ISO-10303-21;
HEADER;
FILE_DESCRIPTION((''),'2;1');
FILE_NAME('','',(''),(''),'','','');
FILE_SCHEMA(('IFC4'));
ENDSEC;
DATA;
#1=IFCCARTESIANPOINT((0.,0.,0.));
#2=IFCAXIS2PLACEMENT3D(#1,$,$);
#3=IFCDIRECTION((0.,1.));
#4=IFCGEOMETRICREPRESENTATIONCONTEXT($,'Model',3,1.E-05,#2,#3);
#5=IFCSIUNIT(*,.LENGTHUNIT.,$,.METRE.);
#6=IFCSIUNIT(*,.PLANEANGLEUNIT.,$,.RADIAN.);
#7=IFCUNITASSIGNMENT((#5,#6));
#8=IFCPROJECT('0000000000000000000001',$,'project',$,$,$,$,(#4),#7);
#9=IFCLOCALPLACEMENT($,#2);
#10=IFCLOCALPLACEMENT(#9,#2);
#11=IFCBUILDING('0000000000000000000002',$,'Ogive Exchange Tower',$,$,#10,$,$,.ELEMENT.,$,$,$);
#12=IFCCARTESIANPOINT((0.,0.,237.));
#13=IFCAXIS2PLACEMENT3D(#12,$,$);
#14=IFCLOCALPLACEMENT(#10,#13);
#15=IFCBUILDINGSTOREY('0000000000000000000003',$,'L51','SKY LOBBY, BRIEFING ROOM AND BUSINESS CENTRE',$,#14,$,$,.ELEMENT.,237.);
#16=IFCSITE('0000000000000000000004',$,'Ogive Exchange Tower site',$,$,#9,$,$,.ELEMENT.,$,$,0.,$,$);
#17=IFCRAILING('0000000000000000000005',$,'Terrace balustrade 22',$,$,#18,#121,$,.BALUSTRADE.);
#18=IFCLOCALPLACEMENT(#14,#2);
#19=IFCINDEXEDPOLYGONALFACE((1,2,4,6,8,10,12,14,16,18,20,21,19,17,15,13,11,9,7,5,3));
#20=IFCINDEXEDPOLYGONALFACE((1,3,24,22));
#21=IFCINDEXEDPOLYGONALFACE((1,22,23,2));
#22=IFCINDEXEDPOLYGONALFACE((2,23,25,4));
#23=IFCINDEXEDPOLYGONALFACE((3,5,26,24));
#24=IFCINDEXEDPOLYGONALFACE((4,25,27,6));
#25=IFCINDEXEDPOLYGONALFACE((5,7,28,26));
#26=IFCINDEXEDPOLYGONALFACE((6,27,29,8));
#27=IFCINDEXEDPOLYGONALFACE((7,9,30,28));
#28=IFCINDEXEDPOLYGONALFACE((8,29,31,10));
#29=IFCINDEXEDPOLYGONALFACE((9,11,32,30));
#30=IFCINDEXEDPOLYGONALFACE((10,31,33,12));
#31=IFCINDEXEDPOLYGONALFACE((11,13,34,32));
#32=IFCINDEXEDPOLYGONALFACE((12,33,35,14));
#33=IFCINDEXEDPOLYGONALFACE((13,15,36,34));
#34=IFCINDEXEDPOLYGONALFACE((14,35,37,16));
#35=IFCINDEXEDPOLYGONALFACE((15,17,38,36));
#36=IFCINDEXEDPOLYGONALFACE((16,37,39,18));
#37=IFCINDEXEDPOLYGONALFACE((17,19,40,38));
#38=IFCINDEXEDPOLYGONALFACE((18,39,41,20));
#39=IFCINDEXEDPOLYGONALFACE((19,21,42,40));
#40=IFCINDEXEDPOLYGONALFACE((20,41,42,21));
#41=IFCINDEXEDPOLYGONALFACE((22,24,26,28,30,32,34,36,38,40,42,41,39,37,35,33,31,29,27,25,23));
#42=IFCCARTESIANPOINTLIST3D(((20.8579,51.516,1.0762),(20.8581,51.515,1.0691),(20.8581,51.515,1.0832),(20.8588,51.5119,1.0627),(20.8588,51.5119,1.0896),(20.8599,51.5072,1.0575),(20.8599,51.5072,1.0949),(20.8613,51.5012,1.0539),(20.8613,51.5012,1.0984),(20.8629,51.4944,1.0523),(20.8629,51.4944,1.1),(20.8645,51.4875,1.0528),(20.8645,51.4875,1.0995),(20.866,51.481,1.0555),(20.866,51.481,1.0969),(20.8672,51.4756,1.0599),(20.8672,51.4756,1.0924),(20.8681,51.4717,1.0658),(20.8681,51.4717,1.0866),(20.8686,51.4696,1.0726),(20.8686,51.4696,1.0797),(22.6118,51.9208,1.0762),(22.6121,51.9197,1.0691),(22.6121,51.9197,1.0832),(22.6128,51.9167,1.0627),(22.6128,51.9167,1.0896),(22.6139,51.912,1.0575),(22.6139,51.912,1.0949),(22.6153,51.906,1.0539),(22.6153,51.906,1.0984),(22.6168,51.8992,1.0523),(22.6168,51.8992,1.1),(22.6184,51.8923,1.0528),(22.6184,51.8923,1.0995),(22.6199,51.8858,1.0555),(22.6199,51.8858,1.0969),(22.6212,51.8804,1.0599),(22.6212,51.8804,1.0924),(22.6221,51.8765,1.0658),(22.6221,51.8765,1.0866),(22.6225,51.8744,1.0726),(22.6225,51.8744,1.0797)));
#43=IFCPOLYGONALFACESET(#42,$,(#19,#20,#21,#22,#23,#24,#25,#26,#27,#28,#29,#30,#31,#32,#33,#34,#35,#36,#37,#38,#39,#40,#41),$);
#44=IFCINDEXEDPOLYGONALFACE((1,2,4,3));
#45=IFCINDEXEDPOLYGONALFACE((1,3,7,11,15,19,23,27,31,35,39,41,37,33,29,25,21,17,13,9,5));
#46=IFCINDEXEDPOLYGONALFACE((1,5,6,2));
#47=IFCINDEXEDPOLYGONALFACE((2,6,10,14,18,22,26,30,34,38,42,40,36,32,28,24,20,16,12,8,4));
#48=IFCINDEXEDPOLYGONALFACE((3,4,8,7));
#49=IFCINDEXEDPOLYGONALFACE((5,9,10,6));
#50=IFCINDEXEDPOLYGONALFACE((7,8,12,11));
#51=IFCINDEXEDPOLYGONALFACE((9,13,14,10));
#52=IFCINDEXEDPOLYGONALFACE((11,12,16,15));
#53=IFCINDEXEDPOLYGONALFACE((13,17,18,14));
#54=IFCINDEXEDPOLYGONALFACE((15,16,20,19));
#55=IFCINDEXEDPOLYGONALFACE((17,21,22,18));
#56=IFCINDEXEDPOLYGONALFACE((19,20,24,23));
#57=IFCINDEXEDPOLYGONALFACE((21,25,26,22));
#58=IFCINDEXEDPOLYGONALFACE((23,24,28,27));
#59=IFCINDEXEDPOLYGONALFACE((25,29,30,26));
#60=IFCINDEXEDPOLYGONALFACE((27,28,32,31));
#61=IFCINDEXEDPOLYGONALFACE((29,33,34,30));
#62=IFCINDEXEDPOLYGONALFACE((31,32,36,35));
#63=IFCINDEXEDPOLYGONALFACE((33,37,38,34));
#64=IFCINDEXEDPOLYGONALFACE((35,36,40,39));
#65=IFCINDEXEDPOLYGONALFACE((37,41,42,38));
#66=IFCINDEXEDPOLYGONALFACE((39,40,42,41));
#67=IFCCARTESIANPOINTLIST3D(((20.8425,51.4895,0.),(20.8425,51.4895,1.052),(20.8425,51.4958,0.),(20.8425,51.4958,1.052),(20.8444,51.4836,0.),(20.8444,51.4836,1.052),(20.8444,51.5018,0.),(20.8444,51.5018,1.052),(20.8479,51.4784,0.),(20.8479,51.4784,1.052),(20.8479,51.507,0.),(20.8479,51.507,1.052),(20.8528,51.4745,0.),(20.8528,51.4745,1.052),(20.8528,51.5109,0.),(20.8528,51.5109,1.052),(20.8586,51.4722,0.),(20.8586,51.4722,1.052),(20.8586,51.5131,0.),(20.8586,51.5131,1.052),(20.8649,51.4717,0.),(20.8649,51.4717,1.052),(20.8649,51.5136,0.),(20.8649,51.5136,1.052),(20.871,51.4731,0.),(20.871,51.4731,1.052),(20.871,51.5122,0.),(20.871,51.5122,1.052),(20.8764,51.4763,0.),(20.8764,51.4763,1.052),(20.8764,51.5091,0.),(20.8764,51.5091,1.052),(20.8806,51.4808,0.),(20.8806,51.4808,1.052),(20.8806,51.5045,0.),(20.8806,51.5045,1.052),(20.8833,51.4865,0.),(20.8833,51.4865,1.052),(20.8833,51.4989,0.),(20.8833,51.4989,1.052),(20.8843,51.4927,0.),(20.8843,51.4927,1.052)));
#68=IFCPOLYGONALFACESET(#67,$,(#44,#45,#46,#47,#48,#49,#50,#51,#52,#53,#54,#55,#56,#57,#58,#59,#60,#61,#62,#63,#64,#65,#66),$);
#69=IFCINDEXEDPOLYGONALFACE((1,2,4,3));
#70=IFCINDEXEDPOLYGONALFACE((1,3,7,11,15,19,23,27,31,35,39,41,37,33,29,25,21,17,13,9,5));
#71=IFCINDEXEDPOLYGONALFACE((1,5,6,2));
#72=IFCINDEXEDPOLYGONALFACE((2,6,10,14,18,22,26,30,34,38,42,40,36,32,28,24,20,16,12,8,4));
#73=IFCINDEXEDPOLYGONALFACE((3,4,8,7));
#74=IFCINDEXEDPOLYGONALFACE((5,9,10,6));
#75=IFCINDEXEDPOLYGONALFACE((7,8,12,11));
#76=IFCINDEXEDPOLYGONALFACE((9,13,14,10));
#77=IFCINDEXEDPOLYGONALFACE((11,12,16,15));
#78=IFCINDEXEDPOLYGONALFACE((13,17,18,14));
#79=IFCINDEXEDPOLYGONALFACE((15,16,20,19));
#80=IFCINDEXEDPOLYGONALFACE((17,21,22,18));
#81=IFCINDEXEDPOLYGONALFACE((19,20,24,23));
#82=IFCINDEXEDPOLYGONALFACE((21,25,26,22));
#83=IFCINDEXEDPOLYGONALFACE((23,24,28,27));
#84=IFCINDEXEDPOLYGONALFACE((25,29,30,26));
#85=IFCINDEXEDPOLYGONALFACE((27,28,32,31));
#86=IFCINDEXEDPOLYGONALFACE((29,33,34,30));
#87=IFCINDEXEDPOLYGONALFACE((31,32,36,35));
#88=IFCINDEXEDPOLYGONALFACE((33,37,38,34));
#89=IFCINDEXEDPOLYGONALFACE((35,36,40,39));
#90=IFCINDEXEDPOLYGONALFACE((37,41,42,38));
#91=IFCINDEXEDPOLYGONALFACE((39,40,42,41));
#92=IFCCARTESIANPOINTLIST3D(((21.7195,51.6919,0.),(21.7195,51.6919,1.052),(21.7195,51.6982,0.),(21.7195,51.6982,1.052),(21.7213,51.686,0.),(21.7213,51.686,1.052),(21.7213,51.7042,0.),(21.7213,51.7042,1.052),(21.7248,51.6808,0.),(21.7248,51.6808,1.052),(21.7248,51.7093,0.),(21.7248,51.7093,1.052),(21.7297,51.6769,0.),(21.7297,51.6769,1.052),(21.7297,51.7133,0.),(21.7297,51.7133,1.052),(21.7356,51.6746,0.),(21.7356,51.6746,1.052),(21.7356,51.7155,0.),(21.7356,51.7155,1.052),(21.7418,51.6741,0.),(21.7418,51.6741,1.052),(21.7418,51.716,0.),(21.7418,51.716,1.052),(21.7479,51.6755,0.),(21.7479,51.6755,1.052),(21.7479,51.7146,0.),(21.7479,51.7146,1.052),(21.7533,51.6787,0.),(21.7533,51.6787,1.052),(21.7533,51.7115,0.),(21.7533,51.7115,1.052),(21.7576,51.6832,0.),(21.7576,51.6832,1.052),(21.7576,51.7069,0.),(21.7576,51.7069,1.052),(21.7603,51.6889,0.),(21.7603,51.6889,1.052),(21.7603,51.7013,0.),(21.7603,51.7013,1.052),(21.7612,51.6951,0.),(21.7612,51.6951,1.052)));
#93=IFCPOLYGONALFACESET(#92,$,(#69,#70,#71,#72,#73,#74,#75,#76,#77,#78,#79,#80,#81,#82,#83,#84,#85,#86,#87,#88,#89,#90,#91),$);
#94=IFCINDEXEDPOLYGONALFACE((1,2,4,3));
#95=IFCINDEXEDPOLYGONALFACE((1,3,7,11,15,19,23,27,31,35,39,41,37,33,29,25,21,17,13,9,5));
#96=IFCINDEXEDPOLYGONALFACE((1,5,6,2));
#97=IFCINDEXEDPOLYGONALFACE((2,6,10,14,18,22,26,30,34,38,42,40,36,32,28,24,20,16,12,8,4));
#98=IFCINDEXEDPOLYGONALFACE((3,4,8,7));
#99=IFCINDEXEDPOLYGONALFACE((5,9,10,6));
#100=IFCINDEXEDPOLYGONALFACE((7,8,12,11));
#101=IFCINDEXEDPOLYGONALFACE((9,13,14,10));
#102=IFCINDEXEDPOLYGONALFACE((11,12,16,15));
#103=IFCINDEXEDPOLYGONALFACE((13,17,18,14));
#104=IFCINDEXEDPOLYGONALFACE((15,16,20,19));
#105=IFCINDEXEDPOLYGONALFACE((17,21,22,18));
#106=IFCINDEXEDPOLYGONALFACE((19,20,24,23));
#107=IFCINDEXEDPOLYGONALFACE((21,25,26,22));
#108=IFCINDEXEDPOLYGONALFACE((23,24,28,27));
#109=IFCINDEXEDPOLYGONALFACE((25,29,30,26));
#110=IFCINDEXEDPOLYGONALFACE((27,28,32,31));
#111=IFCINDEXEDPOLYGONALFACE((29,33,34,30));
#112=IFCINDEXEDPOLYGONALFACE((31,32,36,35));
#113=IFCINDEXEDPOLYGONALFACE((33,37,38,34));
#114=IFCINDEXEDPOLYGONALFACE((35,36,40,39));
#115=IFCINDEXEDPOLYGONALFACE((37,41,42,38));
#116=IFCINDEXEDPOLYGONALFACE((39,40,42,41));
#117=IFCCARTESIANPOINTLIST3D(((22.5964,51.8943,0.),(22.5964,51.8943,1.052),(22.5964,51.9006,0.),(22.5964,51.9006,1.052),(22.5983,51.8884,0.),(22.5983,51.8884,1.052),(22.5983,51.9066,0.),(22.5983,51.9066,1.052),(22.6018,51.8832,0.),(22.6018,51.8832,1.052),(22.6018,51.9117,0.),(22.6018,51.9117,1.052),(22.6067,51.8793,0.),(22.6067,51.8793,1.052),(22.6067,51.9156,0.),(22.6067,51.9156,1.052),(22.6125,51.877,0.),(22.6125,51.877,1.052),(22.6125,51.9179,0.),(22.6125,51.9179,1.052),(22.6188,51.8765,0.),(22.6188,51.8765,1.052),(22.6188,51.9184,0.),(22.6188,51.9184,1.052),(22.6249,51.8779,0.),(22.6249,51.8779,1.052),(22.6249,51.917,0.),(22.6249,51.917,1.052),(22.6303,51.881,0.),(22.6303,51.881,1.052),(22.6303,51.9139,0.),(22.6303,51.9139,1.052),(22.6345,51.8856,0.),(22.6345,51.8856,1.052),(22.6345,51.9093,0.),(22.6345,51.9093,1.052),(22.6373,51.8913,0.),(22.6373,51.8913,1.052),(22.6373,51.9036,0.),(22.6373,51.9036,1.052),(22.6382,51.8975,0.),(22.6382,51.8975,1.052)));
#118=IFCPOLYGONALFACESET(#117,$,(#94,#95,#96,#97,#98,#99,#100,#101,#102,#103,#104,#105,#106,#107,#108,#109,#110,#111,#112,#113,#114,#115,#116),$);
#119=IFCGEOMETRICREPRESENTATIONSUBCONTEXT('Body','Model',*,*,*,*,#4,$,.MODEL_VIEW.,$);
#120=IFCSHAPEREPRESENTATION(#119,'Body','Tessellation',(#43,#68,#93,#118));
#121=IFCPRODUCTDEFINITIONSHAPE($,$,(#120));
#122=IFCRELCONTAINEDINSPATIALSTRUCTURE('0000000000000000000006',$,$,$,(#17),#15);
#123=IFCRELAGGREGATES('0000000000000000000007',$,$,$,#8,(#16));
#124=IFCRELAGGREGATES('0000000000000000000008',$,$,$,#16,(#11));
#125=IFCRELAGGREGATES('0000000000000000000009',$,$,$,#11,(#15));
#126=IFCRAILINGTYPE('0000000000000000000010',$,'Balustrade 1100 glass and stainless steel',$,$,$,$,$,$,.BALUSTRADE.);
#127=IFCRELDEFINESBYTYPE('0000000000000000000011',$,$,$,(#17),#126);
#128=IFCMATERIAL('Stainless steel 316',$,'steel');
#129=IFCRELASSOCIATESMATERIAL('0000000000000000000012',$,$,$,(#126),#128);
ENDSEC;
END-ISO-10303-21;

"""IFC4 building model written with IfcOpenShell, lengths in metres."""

from ifc_helpers import new_model, si_unit, direction, frame, origin, origin_2d, place, context, subcontext, project, spatial, circle, extrude, material, type_object, element, save


model = new_model("IFC4")

# Units and contexts
model_context = context("Model", 3, precision=1e-05, world=origin(), true_north=direction((0.0, 1.0)))
body_context = subcontext(model_context, "Body", "Model", "MODEL_VIEW")
ifc_project = project(units=[si_unit("LENGTHUNIT", "METRE"), si_unit("PLANEANGLEUNIT", "RADIAN")], contexts=[model_context])

# Site, building, storey
site_placement = place(None, origin())
site = spatial("IfcSite", under=ifc_project, at=site_placement, Name="Ogive Exchange Tower site", CompositionType="ELEMENT", RefElevation=0.0)
building_placement = place(site_placement, origin())
building = spatial("IfcBuilding", under=site, at=building_placement, Name="Ogive Exchange Tower", CompositionType="ELEMENT")
storey_placement = place(building_placement, frame((0.0, 0.0, 237.0)))
storey = spatial("IfcBuildingStorey", under=building, at=storey_placement, Name="L51", Description="SKY LOBBY, BRIEFING ROOM AND BUSINESS CENTRE", CompositionType="ELEMENT", Elevation=237.0)

# Railing
ifc_material_1 = material(Name="Stainless steel 316", Category="steel")
railing_type = type_object("IfcRailingType", Name="Balustrade 1100 glass and stainless steel", PredefinedType="BALUSTRADE", material=ifc_material_1)
railing_1_placement = place(storey_placement, frame((20.8633, 51.4927, 0.0)))
element("IfcRailing", 1, at=railing_1_placement, inside=storey, type_object=railing_type, Name="Terrace balustrade 22", PredefinedType="BALUSTRADE", context=body_context, shape_type="SweptSolid", body=[
    extrude(circle(Radius=0.0239, at=origin_2d()), frame((0.0, 0.0, 1.0762), z_axis=(0.974387, 0.224879, 0.0), x_axis=(-0.224879, 0.974387, 0.0)), (0.0, 0.0, 1.0), 1.8),
    extrude(circle(Radius=0.021, at=origin_2d()), origin(), (0.0, 0.0, 1.0), 1.052),
    extrude(circle(Radius=0.021, at=origin_2d()), frame((0.877, 0.2024, 0.0)), (0.0, 0.0, 1.0), 1.052),
    extrude(circle(Radius=0.021, at=origin_2d()), frame((1.7539, 0.4048, 0.0)), (0.0, 0.0, 1.0), 1.052),
])

save(model, "model.ifc")
